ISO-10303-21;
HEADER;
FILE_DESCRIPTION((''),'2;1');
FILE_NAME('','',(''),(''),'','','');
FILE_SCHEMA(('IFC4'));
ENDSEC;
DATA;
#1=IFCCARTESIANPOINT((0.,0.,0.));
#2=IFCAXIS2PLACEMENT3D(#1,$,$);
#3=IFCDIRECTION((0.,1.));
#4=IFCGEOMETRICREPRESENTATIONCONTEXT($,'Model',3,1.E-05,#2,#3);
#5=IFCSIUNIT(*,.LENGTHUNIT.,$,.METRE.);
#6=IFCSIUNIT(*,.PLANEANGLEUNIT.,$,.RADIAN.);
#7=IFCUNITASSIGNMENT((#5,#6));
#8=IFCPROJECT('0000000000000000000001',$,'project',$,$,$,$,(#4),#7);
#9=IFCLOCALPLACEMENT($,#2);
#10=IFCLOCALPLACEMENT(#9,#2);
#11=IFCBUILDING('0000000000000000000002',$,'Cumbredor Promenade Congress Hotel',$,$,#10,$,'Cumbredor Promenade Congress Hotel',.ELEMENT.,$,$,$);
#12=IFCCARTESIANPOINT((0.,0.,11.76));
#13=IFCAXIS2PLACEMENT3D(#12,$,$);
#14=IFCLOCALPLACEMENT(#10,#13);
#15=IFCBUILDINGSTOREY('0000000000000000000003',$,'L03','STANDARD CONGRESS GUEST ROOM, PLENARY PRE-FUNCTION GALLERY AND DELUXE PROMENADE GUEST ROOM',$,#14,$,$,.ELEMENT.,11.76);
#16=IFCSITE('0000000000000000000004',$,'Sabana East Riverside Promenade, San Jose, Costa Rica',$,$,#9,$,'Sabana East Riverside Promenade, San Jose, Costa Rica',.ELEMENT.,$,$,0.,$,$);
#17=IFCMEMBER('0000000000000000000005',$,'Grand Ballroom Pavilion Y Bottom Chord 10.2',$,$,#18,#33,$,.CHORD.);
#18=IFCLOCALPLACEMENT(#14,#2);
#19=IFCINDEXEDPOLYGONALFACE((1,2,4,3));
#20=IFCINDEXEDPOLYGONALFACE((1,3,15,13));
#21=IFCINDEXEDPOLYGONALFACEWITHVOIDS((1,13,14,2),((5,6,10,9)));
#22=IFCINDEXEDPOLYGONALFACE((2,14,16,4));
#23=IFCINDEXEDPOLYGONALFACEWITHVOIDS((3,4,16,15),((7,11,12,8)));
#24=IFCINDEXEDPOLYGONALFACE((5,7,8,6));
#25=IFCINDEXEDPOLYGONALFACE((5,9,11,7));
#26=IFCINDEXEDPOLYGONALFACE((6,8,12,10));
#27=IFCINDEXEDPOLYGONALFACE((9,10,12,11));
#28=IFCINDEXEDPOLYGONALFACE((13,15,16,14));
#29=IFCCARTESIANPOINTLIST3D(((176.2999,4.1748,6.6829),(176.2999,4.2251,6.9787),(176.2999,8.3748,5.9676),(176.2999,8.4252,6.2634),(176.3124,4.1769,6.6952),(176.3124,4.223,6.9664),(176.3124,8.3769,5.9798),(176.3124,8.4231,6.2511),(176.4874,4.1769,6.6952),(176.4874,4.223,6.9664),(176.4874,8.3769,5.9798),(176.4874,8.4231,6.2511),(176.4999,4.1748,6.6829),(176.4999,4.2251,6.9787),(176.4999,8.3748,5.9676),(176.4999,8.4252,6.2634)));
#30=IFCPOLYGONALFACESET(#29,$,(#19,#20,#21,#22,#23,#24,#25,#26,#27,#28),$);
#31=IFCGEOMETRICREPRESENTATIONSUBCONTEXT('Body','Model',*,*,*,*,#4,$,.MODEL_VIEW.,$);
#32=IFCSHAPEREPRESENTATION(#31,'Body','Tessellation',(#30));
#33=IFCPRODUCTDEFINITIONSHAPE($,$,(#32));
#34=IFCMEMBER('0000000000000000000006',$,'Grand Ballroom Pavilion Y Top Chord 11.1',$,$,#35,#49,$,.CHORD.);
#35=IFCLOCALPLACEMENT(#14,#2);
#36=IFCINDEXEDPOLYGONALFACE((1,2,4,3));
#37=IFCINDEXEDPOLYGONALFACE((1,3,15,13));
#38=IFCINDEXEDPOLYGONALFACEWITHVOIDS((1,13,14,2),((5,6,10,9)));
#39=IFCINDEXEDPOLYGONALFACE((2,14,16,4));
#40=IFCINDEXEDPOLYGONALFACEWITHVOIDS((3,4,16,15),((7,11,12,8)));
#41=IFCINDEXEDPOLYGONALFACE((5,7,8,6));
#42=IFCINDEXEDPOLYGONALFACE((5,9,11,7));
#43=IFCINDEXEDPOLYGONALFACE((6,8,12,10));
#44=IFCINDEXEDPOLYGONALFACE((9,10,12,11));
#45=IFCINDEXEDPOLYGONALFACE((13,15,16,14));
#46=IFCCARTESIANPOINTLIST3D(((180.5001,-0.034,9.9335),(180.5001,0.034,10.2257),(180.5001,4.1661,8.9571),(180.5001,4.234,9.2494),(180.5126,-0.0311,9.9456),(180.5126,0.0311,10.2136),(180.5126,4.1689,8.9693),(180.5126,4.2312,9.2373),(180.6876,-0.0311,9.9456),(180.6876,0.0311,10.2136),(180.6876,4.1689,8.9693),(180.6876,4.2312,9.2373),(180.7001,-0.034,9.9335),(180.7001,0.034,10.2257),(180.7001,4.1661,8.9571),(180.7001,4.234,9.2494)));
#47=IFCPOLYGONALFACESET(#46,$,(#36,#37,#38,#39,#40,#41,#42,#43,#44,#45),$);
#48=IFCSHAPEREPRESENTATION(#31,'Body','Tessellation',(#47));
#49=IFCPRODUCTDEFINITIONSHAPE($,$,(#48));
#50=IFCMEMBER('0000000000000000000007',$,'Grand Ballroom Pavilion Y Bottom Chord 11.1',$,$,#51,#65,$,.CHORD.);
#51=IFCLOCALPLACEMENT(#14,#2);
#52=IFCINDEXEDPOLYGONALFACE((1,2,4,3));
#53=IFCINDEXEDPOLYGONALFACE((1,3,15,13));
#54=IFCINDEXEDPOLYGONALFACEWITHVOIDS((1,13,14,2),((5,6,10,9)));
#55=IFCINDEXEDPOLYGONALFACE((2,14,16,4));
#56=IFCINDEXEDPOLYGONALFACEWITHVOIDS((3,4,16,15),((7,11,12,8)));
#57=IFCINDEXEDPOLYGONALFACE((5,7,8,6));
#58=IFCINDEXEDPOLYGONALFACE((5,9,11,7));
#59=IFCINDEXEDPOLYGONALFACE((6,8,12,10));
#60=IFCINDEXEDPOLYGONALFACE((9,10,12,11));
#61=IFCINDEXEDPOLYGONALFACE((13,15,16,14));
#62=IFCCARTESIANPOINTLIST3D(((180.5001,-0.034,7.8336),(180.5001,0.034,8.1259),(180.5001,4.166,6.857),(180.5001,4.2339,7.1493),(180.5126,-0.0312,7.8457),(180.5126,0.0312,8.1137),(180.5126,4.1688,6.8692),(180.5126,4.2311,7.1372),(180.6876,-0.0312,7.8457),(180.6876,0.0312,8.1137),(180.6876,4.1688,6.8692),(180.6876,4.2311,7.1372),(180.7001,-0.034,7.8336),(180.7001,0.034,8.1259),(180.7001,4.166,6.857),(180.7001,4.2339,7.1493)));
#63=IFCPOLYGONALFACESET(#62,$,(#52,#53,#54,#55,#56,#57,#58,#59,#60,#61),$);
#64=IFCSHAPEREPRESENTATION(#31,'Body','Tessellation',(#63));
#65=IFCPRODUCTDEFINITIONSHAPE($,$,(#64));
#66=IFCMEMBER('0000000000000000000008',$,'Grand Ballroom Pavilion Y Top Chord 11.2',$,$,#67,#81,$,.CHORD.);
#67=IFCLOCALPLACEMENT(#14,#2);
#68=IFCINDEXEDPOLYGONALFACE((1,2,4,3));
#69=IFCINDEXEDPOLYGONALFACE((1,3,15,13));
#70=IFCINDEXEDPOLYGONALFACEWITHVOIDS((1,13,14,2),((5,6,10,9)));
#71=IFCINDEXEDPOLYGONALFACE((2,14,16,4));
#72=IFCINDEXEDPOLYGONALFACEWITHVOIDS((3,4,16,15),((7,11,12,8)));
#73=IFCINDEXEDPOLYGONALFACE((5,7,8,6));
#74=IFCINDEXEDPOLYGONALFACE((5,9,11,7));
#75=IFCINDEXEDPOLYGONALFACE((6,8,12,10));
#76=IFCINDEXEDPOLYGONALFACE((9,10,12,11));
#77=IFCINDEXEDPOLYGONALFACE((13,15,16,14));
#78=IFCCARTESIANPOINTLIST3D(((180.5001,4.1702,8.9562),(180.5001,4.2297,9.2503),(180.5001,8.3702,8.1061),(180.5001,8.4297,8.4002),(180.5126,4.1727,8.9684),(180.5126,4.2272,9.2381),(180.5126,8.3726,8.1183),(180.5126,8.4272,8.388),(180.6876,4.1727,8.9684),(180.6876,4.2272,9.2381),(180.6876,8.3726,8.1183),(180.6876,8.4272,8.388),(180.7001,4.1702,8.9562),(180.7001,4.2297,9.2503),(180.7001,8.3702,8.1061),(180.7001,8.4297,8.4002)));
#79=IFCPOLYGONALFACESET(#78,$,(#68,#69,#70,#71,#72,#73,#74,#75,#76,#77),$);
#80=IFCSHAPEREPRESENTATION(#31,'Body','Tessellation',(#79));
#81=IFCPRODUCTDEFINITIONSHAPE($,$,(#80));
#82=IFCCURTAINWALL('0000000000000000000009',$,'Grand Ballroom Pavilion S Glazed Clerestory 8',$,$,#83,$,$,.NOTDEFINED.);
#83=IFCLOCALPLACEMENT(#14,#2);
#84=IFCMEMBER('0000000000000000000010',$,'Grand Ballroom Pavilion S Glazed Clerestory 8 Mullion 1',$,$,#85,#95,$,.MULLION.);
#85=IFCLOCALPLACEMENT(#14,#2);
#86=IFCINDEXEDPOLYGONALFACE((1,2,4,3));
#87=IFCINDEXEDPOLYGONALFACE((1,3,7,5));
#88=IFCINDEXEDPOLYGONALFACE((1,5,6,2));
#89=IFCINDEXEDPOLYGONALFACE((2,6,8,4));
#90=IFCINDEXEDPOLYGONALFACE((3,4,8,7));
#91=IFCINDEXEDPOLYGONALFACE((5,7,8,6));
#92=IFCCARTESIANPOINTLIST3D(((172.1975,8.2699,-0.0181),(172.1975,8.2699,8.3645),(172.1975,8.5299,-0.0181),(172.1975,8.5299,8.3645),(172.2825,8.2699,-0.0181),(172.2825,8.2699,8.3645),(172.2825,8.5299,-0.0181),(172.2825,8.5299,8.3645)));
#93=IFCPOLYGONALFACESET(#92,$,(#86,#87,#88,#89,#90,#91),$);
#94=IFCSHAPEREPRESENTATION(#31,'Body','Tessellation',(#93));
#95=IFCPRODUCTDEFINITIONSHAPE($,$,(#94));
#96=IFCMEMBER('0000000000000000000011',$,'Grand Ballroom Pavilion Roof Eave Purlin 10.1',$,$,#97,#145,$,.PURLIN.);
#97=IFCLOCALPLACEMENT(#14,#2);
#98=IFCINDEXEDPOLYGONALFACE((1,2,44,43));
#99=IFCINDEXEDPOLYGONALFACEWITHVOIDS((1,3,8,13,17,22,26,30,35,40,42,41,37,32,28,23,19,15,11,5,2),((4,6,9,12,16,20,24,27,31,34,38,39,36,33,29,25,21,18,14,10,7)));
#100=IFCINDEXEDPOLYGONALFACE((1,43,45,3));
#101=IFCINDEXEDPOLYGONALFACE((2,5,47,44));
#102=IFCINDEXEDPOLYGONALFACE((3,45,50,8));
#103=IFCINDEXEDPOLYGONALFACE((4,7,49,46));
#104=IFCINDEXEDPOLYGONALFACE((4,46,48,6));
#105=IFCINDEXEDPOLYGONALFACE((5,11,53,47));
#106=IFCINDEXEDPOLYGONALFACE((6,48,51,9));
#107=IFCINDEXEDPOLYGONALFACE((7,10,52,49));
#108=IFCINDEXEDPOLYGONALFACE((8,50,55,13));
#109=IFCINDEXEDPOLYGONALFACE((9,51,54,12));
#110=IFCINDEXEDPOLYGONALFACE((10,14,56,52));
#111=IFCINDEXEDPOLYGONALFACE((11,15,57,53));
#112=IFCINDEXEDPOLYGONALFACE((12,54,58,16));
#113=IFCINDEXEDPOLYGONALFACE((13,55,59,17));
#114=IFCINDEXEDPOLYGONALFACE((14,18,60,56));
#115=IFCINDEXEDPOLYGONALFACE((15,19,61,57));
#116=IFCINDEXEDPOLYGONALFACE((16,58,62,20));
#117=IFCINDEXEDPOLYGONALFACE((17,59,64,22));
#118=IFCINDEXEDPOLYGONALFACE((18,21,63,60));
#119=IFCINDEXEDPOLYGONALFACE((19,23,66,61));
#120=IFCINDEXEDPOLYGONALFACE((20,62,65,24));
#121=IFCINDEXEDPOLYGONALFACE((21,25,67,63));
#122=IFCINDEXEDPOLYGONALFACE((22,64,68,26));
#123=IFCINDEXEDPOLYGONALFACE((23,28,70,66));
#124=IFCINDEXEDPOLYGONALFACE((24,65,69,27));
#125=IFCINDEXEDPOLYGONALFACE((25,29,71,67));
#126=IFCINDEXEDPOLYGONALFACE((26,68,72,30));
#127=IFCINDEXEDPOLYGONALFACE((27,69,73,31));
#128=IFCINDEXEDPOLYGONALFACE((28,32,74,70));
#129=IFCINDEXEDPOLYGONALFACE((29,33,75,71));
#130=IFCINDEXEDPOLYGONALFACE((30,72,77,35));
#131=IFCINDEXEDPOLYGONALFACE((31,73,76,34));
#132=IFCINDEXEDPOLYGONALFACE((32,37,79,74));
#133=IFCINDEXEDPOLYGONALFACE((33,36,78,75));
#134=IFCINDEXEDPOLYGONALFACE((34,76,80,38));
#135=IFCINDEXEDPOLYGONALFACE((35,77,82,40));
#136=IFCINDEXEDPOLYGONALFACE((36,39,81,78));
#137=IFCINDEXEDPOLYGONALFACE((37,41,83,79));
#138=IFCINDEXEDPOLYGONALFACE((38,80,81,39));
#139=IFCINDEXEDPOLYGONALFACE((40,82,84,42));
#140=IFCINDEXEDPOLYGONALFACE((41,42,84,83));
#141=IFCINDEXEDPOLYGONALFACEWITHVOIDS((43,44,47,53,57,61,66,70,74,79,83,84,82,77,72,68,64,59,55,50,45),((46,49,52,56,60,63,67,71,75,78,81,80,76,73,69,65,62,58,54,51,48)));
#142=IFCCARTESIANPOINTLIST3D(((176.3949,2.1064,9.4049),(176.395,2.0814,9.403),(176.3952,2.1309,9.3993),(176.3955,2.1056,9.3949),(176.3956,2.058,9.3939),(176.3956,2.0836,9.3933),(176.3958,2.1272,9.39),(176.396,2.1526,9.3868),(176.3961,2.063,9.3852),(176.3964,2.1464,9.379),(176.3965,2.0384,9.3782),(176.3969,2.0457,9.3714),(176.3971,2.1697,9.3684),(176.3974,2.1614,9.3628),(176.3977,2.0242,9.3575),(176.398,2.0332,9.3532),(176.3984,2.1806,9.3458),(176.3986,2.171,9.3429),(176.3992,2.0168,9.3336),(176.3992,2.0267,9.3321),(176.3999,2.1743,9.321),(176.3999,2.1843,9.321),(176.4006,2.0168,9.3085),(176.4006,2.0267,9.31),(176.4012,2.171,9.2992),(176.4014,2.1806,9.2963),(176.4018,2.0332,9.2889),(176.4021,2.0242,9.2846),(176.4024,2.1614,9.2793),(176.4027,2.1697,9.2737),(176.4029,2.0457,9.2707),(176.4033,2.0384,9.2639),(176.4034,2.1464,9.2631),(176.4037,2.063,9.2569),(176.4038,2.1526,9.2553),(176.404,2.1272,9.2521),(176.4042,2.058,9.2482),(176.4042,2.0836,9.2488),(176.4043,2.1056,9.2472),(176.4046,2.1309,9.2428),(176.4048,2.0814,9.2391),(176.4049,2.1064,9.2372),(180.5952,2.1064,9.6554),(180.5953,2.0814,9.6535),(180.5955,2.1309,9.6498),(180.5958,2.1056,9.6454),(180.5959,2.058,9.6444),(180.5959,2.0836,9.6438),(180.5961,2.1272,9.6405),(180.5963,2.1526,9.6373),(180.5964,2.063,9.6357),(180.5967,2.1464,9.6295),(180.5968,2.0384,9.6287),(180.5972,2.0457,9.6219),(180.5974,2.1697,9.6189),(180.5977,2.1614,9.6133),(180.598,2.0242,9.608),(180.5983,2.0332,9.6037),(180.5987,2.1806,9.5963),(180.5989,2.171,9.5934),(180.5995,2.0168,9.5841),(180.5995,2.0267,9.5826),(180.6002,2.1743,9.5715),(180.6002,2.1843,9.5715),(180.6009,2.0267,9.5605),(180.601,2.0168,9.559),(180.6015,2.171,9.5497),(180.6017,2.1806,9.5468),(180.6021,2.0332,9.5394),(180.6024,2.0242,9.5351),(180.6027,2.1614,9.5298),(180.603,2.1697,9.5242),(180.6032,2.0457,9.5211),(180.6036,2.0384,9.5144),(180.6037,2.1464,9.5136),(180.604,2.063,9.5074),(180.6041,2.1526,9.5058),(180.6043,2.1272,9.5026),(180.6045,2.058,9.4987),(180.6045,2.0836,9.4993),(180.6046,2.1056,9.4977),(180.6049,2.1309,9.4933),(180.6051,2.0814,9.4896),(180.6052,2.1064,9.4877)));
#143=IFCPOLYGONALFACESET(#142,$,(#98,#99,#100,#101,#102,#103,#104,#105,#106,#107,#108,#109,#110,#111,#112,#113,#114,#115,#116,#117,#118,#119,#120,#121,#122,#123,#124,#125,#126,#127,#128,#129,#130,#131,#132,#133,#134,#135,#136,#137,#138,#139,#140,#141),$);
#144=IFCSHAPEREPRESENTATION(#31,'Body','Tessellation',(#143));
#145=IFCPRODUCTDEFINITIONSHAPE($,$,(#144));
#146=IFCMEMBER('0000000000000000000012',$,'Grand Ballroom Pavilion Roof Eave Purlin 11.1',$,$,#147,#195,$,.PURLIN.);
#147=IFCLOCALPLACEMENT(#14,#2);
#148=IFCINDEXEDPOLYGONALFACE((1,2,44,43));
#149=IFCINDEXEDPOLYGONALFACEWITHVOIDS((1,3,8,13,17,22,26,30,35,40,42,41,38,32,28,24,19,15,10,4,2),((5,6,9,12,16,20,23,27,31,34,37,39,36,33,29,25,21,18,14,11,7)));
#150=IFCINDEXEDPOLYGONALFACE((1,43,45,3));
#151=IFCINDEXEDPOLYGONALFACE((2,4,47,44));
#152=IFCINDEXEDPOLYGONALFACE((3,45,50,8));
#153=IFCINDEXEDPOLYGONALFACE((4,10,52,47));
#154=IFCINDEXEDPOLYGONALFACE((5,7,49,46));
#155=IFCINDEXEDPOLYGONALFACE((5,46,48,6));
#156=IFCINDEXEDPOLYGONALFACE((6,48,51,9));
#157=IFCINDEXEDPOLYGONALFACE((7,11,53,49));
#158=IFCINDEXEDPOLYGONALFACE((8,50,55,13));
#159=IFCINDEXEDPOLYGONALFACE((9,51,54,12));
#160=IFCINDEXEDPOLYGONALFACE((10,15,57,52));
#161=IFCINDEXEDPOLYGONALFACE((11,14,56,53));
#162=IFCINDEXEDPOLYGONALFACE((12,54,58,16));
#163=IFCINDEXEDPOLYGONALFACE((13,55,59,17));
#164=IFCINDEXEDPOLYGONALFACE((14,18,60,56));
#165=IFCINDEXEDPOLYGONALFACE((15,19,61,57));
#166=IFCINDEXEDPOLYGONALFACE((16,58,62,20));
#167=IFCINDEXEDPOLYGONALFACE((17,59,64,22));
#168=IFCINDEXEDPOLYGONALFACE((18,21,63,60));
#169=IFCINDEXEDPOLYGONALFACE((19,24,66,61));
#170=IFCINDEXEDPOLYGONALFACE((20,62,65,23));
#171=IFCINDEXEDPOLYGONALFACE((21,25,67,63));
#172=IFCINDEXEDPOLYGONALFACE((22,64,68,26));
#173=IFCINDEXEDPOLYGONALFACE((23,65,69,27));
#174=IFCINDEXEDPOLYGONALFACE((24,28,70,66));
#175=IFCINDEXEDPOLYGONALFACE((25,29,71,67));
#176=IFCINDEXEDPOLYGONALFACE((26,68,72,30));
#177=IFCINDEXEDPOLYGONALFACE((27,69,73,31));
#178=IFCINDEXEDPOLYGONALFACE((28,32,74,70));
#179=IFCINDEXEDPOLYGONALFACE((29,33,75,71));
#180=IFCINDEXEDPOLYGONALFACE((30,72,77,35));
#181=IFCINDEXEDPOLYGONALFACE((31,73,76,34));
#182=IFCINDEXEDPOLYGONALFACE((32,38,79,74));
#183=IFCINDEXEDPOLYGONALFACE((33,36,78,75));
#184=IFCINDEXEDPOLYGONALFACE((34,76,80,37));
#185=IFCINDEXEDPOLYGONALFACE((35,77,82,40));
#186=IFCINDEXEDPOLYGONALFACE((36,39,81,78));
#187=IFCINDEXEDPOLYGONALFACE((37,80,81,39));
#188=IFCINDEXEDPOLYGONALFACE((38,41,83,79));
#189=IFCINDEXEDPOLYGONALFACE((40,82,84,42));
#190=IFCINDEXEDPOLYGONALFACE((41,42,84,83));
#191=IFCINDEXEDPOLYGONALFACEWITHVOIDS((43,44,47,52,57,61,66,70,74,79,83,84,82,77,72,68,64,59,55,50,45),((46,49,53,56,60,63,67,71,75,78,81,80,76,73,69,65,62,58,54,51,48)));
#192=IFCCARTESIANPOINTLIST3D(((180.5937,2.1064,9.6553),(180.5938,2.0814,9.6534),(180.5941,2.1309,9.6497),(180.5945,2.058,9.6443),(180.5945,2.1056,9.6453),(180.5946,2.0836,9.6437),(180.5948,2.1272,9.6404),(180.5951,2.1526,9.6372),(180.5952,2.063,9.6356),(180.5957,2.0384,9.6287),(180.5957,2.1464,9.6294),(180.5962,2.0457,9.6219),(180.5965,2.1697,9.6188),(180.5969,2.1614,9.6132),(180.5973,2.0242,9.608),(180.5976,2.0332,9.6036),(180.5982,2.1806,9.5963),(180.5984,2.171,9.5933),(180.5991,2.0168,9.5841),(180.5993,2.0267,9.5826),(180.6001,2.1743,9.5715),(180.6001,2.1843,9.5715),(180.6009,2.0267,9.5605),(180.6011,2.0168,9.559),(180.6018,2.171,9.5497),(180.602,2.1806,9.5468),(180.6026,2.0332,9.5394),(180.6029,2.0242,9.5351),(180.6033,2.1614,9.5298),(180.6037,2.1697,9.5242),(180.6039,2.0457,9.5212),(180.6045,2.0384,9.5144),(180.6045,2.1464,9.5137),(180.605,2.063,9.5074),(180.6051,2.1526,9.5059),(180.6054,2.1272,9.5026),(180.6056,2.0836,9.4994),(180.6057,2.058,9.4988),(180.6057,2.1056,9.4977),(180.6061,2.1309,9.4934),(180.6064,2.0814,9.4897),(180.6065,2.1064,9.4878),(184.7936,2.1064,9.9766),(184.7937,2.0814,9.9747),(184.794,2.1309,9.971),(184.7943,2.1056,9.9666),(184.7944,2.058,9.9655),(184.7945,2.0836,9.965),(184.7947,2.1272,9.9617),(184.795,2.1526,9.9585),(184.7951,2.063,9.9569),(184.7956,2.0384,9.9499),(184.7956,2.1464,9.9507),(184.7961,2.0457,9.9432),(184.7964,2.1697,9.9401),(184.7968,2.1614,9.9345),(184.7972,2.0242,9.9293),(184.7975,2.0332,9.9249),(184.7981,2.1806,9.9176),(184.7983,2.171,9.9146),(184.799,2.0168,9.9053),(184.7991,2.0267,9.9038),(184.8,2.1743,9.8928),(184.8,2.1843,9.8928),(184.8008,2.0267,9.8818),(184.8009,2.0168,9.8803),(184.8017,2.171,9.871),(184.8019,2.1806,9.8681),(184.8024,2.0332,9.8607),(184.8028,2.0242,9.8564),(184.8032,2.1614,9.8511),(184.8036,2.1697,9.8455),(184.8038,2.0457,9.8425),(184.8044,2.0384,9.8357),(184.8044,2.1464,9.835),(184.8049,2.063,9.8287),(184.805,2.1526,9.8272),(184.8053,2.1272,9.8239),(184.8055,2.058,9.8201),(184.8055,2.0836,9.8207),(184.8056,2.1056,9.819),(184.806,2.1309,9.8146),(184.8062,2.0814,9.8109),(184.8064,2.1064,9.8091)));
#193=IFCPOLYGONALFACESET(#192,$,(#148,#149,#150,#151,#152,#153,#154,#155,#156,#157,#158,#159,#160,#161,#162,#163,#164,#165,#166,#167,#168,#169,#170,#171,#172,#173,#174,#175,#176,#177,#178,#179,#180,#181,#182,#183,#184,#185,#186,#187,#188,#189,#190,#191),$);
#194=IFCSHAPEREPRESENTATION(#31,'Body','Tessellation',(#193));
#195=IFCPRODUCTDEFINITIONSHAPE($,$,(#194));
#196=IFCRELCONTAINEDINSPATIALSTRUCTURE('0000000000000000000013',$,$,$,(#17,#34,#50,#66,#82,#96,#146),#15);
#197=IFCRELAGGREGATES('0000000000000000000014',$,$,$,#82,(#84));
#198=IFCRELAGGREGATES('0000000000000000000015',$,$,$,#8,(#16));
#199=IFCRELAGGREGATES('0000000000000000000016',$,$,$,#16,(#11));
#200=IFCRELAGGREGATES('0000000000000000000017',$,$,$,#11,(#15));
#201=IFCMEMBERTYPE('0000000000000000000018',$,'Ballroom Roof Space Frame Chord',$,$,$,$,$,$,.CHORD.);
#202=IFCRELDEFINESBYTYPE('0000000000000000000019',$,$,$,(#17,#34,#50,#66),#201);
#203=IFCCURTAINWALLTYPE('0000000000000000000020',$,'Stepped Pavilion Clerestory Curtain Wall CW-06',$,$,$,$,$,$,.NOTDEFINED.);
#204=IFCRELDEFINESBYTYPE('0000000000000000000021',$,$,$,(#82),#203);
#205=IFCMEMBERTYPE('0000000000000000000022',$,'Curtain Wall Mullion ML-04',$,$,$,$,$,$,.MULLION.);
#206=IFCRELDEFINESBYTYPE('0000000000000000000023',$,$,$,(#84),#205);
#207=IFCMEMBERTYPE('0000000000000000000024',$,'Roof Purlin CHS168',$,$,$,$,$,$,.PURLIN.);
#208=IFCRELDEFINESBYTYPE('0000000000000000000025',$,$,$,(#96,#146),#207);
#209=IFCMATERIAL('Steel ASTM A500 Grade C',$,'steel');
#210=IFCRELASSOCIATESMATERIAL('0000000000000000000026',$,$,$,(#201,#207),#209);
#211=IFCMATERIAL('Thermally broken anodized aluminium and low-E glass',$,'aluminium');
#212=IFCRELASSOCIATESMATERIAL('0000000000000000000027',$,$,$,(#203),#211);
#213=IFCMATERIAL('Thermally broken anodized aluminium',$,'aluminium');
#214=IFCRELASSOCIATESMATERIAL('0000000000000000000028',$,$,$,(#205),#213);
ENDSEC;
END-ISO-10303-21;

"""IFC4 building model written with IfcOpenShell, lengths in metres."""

from ifc_helpers import new_model, si_unit, direction, frame, origin, origin_2d, place, context, subcontext, project, spatial, rectangle, hollow_rectangle, hollow_circle, extrude, material, material_profile, profile_set, type_object, element, aggregate, save


model = new_model("IFC4")

# Units and contexts
model_context = context("Model", 3, precision=1e-05, world=origin(), true_north=direction((0.0, 1.0)))
body_context = subcontext(model_context, "Body", "Model", "MODEL_VIEW")
ifc_project = project(units=[si_unit("LENGTHUNIT", "METRE"), si_unit("PLANEANGLEUNIT", "RADIAN")], contexts=[model_context])

# Site, building, storey
site_placement = place(None, origin())
site = spatial("IfcSite", under=ifc_project, at=site_placement, Name="Sabana East Riverside Promenade, San Jose, Costa Rica", LongName="Sabana East Riverside Promenade, San Jose, Costa Rica", CompositionType="ELEMENT", RefElevation=0.0)
building_placement = place(site_placement, origin())
building = spatial("IfcBuilding", under=site, at=building_placement, Name="Cumbredor Promenade Congress Hotel", LongName="Cumbredor Promenade Congress Hotel", CompositionType="ELEMENT")
storey_placement = place(building_placement, frame((0.0, 0.0, 11.76)))
storey = spatial("IfcBuildingStorey", under=building, at=storey_placement, Name="L03", Description="STANDARD CONGRESS GUEST ROOM, PLENARY PRE-FUNCTION GALLERY AND DELUXE PROMENADE GUEST ROOM", CompositionType="ELEMENT", Elevation=11.76)

# Members
ifc_material_1 = material(Name="Steel ASTM A500 Grade C", Category="steel")
ifc_material_profile_1 = material_profile(ifc_material_1, hollow_rectangle(XDim=0.2, YDim=0.3, WallThickness=0.0125, at=origin_2d()), Name="HSS 300x200x12.5")
ifc_profile_set_1 = profile_set([ifc_material_profile_1], Name="Steel ASTM A500 Grade C")
member_type_1 = type_object("IfcMemberType", Name="Ballroom Roof Space Frame Chord", PredefinedType="CHORD", material=ifc_profile_set_1)
for number, where, z_axis, x_axis, name in (
    (1, (176.3999, 4.2, 6.8308), (0.0, 0.985804, -0.167901), (-1.0, 0.0, 0.0), "Grand Ballroom Pavilion Y Bottom Chord 10.2"),
):
    element("IfcMember", number, at=place(storey_placement, frame(where, z_axis=z_axis, x_axis=x_axis)), inside=storey, type_object=member_type_1, Name=name, PredefinedType="CHORD", context=body_context, shape_type="SweptSolid", body=[
        extrude(hollow_rectangle(XDim=0.2, YDim=0.3, WallThickness=0.0125, at=origin_2d()), origin(), (0.0, 0.0, 1.0), 4.2605),
    ])
for number, where, z_axis, x_axis, name in (
    (2, (180.6001, 0.0, 10.0796), (0.0, 0.974029, -0.226422), (-1.0, 0.0, 0.0), "Grand Ballroom Pavilion Y Top Chord 11.1"),
    (3, (180.6001, 0.0, 7.9797), (0.0, 0.974017, -0.226476), (-1.0, 0.0, 0.0), "Grand Ballroom Pavilion Y Bottom Chord 11.1"),
):
    element("IfcMember", number, at=place(storey_placement, frame(where, z_axis=z_axis, x_axis=x_axis)), inside=storey, type_object=member_type_1, Name=name, PredefinedType="CHORD", context=body_context, shape_type="SweptSolid", body=[
        extrude(hollow_rectangle(XDim=0.2, YDim=0.3, WallThickness=0.0125, at=origin_2d()), origin(), (0.0, 0.0, 1.0), 4.312),
    ])
member_1_placement = place(storey_placement, frame((180.6001, 4.2, 9.1033), z_axis=(0.0, 0.980124, -0.198384), x_axis=(-1.0, 0.0, 0.0)))
element("IfcMember", 4, at=member_1_placement, inside=storey, type_object=member_type_1, Name="Grand Ballroom Pavilion Y Top Chord 11.2", PredefinedType="CHORD", context=body_context, shape_type="SweptSolid", body=[
    extrude(hollow_rectangle(XDim=0.2, YDim=0.3, WallThickness=0.0125, at=origin_2d()), origin(), (0.0, 0.0, 1.0), 4.2852),
])

# Curtain wall, member
ifc_material_2 = material(Name="Thermally broken anodized aluminium and low-E glass", Category="aluminium")
curtain_wall_type = type_object("IfcCurtainWallType", Name="Stepped Pavilion Clerestory Curtain Wall CW-06", PredefinedType="NOTDEFINED", material=ifc_material_2)
curtain_wall_placement = place(storey_placement, origin())
curtain_wall = element("IfcCurtainWall", 5, at=curtain_wall_placement, inside=storey, type_object=curtain_wall_type, Name="Grand Ballroom Pavilion S Glazed Clerestory 8", PredefinedType="NOTDEFINED")
ifc_material_3 = material(Name="Thermally broken anodized aluminium", Category="aluminium")
ifc_material_profile_2 = material_profile(ifc_material_3, rectangle(XDim=0.085, YDim=0.26, at=origin_2d()), Name="ALU MULLION CLERESTORY 85x260")
ifc_profile_set_2 = profile_set([ifc_material_profile_2], Name="Thermally broken anodized aluminium")
member_type_2 = type_object("IfcMemberType", Name="Curtain Wall Mullion ML-04", PredefinedType="MULLION", material=ifc_profile_set_2)
member_2_placement = place(storey_placement, frame((172.24, 8.3999, -0.0181), z_axis=(0.0, 0.0, 1.0), x_axis=(1.0, 0.0, 0.0)))
member_2 = element("IfcMember", 6, at=member_2_placement, type_object=member_type_2, Name="Grand Ballroom Pavilion S Glazed Clerestory 8 Mullion 1", PredefinedType="MULLION", context=body_context, shape_type="SweptSolid", body=[
    extrude(rectangle(XDim=0.085, YDim=0.26, at=origin_2d()), origin(), (0.0, 0.0, 1.0), 8.3826),
])
aggregate(curtain_wall, [member_2])

# Members
ifc_material_profile_3 = material_profile(ifc_material_1, hollow_circle(Radius=0.0842, WallThickness=0.01, at=origin_2d()), Name="CHS 168.3x10")
ifc_profile_set_3 = profile_set([ifc_material_profile_3], Name="Steel ASTM A500 Grade C")
member_type_3 = type_object("IfcMemberType", Name="Roof Purlin CHS168", PredefinedType="PURLIN", material=ifc_profile_set_3)
member_3_placement = place(storey_placement, frame((176.3999, 2.1001, 9.321), z_axis=(0.998226, 0.0, 0.059532), x_axis=(0.0, 1.0, 0.0)))
element("IfcMember", 7, at=member_3_placement, inside=storey, type_object=member_type_3, Name="Grand Ballroom Pavilion Roof Eave Purlin 10.1", PredefinedType="PURLIN", context=body_context, shape_type="SweptSolid", body=[
    extrude(hollow_circle(Radius=0.0842, WallThickness=0.01, at=origin_2d()), origin(), (0.0, 0.0, 1.0), 4.2078),
])
member_4_placement = place(storey_placement, frame((180.6001, 2.1001, 9.5715), z_axis=(0.997087, 0.0, 0.076275), x_axis=(0.0, 1.0, 0.0)))
element("IfcMember", 8, at=member_4_placement, inside=storey, type_object=member_type_3, Name="Grand Ballroom Pavilion Roof Eave Purlin 11.1", PredefinedType="PURLIN", context=body_context, shape_type="SweptSolid", body=[
    extrude(hollow_circle(Radius=0.0842, WallThickness=0.01, at=origin_2d()), origin(), (0.0, 0.0, 1.0), 4.2122),
])

save(model, "model.ifc")
